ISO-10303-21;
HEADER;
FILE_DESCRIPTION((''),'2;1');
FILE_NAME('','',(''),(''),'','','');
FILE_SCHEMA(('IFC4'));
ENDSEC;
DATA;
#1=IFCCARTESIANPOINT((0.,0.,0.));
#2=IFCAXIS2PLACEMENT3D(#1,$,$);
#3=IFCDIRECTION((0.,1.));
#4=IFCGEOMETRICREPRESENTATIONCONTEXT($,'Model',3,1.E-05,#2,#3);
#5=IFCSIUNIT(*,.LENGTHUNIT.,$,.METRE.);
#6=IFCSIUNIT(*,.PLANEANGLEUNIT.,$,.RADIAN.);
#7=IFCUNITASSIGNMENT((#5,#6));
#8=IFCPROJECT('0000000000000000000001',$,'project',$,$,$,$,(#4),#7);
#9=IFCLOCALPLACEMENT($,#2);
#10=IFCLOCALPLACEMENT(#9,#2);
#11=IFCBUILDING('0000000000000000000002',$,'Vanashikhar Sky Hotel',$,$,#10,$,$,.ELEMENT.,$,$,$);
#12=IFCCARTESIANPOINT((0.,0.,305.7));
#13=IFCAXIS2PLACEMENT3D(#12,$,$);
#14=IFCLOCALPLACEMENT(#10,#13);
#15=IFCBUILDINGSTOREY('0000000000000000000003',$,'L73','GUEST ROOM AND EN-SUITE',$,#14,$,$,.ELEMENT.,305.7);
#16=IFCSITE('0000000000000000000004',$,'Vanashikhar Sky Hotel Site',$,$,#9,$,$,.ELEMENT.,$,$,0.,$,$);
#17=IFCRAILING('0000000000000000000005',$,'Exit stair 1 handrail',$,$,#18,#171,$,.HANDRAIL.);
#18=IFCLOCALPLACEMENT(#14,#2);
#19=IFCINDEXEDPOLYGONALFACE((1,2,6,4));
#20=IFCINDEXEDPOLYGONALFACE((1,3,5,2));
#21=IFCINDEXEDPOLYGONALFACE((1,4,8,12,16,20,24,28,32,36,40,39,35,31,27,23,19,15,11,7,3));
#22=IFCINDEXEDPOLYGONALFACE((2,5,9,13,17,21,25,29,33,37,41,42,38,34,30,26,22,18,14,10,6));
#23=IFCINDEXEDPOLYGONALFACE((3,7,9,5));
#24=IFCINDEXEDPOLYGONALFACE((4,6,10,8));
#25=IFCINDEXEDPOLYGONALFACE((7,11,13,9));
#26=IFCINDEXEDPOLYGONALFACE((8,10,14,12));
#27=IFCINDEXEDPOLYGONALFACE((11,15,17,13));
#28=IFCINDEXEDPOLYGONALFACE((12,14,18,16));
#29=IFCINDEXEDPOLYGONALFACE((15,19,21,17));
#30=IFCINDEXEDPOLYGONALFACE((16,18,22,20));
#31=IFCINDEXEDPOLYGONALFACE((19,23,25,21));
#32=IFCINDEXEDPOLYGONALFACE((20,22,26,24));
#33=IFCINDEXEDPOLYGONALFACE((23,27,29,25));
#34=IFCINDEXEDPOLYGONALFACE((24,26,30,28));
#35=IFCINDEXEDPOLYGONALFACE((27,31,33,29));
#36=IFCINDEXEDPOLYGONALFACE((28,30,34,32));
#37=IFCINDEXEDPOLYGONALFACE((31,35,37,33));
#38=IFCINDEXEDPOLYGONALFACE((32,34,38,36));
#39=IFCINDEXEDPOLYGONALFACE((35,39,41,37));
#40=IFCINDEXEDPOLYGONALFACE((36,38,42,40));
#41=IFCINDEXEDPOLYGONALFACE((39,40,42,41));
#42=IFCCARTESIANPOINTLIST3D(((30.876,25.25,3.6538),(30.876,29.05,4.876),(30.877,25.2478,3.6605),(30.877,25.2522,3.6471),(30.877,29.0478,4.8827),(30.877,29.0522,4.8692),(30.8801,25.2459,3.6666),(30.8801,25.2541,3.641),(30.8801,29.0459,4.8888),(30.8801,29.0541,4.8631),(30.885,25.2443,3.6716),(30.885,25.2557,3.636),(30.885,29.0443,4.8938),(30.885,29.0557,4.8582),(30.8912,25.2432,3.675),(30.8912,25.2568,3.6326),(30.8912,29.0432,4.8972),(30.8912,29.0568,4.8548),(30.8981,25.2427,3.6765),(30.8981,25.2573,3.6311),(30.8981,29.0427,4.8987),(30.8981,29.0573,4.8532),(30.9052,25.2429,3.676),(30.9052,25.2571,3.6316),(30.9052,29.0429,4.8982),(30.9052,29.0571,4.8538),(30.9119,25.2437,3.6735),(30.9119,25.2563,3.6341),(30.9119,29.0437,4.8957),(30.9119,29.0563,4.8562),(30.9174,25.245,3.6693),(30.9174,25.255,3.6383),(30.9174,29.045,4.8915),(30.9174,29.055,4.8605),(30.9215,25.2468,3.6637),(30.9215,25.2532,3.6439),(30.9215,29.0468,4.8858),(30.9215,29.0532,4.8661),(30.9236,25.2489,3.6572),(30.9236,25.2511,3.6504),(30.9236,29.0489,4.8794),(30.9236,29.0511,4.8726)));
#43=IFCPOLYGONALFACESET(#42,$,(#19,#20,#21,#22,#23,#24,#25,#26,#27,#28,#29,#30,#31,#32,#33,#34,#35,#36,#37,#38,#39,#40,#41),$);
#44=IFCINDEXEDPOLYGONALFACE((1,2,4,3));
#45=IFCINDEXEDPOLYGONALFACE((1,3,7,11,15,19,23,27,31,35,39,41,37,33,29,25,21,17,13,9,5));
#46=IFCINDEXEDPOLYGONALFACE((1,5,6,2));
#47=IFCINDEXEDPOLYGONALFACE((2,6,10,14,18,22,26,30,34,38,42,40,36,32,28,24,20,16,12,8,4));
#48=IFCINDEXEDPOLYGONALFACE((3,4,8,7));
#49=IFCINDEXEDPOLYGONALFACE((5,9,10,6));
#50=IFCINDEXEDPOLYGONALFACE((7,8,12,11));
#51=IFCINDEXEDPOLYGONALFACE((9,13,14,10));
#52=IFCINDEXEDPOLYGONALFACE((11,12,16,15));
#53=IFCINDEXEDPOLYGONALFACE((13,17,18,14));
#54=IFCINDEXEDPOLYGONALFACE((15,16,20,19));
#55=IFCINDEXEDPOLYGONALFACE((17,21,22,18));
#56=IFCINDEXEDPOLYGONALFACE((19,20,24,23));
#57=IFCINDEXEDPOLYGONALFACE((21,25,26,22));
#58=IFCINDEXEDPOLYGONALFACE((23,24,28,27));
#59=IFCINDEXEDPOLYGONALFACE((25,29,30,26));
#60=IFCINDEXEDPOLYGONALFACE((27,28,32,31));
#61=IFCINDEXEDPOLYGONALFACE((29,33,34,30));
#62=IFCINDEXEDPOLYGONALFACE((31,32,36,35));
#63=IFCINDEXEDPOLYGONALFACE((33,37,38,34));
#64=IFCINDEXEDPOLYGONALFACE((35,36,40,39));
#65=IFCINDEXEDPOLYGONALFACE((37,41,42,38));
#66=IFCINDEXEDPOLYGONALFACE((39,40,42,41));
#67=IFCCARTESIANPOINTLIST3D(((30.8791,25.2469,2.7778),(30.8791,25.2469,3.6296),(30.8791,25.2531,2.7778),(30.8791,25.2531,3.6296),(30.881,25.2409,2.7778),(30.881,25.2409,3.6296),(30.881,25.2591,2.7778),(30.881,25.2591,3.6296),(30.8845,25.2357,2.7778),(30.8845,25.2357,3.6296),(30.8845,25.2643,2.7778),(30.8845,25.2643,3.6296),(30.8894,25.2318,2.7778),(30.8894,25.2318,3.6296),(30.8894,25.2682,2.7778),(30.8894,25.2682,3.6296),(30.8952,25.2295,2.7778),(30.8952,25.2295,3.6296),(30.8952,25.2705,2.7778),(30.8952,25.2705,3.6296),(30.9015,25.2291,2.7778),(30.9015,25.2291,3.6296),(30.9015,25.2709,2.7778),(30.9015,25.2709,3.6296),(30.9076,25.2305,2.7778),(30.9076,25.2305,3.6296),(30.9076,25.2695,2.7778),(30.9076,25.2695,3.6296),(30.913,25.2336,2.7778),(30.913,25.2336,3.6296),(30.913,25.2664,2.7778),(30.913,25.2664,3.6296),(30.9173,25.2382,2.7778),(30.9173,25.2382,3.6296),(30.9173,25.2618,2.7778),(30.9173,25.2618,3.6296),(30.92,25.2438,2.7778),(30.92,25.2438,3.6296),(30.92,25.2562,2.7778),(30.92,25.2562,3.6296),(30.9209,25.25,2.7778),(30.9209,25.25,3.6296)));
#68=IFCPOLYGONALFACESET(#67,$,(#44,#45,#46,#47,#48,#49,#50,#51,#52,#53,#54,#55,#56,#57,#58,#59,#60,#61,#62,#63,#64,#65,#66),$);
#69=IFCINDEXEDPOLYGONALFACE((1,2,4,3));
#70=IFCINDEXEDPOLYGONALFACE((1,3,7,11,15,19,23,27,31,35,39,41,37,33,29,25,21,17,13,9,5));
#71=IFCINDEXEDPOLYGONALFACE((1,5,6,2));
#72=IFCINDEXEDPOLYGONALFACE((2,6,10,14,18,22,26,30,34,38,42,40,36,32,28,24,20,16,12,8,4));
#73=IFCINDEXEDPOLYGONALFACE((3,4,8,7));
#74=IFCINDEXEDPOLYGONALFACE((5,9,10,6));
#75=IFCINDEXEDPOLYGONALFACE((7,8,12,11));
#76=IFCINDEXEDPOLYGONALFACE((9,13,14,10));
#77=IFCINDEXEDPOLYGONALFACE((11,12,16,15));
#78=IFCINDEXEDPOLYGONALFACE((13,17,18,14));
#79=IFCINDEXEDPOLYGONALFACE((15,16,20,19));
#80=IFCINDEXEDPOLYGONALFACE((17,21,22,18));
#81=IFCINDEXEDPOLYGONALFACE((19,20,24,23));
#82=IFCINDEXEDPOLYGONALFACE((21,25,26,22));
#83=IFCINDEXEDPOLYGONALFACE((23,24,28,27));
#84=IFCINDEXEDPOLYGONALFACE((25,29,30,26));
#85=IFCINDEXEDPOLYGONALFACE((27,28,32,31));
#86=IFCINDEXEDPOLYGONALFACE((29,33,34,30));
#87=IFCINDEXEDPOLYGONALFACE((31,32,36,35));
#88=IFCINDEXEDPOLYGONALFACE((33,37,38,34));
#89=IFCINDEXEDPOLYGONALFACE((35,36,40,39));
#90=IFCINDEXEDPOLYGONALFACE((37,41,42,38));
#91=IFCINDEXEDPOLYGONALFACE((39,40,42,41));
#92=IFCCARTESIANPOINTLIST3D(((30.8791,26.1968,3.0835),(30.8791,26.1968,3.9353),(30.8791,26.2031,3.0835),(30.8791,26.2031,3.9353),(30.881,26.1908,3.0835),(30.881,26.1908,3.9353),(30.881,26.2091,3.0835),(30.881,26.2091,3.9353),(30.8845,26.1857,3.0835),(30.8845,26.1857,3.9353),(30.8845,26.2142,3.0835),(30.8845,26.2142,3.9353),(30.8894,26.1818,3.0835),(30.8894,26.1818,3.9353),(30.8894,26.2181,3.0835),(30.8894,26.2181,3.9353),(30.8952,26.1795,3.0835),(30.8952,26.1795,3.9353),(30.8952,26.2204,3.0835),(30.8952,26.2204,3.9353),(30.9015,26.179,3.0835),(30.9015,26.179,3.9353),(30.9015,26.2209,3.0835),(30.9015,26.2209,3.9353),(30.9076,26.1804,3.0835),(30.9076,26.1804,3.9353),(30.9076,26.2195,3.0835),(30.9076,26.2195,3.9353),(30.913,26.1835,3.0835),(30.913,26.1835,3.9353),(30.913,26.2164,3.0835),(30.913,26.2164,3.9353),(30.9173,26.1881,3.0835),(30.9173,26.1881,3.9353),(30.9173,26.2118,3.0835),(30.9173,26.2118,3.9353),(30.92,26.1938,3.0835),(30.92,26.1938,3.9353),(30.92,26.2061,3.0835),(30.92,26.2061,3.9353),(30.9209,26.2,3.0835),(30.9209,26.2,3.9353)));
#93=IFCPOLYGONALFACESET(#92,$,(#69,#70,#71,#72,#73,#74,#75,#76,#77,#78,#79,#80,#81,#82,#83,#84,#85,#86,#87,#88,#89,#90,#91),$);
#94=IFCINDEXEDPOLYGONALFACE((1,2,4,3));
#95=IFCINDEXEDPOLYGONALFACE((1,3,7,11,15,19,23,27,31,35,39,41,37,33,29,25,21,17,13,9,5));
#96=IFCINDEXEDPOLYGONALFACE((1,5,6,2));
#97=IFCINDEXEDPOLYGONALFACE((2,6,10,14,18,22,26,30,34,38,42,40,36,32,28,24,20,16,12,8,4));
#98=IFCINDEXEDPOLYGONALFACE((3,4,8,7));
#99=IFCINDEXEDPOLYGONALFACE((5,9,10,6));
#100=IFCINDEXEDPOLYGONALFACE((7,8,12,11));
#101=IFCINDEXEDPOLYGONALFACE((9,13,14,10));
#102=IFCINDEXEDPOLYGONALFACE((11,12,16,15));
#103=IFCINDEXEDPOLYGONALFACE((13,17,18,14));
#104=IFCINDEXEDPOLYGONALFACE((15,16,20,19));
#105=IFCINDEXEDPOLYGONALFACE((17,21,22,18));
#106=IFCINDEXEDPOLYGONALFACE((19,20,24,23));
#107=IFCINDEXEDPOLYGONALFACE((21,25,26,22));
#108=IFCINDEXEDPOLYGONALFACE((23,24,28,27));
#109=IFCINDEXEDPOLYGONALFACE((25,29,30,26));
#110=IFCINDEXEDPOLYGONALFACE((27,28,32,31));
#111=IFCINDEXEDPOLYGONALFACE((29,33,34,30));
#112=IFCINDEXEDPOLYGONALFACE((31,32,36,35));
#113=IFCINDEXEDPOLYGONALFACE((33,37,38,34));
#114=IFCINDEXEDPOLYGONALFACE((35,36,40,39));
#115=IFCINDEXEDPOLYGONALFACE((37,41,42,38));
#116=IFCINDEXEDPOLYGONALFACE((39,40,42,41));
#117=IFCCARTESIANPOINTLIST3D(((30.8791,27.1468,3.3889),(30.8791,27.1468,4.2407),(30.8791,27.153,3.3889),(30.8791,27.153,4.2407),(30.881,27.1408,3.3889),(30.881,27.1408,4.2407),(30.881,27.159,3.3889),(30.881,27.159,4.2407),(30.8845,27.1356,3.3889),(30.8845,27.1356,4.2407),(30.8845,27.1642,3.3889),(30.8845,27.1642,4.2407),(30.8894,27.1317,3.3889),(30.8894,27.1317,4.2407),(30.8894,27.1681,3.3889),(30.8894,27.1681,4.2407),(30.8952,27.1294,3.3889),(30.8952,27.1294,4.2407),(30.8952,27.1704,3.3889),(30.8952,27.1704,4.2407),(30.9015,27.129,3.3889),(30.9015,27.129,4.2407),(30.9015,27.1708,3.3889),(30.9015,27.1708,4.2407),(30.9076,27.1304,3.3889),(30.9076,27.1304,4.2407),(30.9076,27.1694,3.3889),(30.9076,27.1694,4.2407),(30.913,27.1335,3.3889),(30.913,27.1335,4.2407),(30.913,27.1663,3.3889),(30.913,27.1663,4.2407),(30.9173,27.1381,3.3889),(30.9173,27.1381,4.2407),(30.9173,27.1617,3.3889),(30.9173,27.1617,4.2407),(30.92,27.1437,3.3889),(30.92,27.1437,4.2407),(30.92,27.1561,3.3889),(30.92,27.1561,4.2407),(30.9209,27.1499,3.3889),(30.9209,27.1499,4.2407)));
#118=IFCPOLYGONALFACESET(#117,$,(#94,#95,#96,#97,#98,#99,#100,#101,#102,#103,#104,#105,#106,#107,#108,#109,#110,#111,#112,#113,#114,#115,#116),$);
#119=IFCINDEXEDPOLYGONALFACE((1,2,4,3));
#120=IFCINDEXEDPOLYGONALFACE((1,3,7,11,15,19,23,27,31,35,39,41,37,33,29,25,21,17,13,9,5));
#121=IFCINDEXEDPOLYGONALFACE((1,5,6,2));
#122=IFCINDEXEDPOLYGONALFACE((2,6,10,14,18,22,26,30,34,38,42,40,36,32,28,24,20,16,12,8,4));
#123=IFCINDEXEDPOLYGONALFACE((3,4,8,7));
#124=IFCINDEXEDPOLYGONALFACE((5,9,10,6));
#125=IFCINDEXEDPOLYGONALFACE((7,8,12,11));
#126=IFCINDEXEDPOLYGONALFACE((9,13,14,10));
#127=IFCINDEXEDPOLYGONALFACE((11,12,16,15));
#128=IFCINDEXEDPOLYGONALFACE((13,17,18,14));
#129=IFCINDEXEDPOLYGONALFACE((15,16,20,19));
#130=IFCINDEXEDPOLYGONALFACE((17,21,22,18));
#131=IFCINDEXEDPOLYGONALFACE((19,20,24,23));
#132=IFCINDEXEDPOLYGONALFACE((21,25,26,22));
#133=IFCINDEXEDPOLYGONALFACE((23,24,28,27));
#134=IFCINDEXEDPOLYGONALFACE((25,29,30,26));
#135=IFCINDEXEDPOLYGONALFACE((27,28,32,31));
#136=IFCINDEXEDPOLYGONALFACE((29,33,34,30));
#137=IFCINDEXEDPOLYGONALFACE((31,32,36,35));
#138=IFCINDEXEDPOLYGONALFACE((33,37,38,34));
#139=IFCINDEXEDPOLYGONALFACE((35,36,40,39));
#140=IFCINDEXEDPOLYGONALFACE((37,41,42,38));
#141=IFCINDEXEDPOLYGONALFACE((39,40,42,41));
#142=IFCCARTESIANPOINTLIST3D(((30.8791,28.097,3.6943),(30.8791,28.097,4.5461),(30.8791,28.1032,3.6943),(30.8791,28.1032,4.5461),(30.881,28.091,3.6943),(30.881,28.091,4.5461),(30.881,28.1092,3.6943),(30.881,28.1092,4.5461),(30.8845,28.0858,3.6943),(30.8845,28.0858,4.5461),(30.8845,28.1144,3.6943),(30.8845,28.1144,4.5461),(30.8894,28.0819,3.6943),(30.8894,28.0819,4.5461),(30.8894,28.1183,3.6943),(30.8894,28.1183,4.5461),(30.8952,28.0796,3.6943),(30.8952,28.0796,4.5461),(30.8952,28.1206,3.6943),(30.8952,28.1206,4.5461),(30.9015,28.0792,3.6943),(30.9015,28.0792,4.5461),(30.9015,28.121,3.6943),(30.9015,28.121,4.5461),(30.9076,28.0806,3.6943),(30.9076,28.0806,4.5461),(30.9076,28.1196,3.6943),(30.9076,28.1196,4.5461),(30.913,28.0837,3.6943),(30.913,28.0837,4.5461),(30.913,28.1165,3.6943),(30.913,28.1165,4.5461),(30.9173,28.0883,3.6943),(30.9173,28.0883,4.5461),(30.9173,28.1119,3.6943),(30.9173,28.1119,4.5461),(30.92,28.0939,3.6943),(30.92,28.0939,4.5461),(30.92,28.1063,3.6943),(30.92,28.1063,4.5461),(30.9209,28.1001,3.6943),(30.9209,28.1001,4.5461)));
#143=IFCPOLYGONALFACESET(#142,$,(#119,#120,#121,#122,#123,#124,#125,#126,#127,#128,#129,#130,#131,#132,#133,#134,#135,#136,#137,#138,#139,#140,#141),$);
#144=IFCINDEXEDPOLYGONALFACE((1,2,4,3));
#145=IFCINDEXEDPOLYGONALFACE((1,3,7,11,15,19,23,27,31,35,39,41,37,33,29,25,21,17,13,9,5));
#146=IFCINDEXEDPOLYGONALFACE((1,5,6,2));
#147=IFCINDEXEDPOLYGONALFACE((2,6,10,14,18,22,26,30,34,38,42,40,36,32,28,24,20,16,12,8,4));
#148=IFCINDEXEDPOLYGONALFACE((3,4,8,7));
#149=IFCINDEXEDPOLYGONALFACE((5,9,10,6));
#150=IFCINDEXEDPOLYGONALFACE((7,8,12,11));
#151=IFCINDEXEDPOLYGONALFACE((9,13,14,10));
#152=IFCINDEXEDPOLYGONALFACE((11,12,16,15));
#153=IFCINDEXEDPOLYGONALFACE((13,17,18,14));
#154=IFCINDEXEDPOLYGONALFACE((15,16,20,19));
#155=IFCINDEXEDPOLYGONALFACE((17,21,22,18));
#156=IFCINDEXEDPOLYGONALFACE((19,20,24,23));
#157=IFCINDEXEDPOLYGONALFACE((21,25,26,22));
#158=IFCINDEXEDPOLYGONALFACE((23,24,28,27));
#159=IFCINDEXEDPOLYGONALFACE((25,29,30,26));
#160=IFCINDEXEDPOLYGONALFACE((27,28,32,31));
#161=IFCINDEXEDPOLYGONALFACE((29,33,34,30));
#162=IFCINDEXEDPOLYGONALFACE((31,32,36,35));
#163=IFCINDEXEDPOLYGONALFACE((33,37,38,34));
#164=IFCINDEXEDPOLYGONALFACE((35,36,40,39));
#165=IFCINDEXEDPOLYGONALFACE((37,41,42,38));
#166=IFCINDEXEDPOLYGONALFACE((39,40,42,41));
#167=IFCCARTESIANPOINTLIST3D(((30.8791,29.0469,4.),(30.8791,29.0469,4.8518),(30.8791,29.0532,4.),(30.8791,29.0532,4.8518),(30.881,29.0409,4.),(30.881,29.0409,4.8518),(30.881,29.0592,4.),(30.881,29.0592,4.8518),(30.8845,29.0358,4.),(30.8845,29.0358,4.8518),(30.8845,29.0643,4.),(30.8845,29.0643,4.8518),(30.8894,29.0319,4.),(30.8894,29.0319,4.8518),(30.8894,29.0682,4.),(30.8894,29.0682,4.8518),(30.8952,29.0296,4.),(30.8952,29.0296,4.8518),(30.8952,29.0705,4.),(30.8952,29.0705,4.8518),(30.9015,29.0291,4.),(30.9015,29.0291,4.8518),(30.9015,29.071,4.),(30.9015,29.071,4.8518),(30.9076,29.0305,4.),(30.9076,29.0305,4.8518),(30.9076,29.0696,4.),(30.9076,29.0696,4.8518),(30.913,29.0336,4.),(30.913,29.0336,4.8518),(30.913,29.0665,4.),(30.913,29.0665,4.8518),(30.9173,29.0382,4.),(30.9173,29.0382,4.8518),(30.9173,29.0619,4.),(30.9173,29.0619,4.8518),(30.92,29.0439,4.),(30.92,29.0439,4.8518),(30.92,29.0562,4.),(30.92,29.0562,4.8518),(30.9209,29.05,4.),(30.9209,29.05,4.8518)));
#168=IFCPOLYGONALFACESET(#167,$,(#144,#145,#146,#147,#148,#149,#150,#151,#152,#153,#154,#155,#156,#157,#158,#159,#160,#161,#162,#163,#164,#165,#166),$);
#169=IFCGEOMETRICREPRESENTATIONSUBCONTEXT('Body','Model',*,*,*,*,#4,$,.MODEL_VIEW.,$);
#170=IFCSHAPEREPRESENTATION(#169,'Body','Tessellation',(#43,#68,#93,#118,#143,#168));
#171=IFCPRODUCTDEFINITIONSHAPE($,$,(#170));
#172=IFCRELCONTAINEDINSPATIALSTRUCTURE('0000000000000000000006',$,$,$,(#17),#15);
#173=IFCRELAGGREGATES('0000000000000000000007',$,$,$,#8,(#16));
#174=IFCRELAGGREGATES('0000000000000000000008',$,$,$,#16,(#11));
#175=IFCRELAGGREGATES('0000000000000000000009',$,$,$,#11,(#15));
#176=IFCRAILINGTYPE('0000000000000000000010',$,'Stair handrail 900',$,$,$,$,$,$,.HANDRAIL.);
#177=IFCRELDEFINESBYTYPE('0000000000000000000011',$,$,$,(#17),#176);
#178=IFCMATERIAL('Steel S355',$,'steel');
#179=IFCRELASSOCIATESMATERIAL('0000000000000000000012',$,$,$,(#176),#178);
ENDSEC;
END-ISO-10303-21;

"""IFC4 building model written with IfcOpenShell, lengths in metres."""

from ifc_helpers import new_model, si_unit, direction, frame, origin, origin_2d, place, context, subcontext, project, spatial, circle, extrude, source, transform, mapped, material, type_object, element, save


model = new_model("IFC4")

# Units and contexts
model_context = context("Model", 3, precision=1e-05, world=origin(), true_north=direction((0.0, 1.0)))
body_context = subcontext(model_context, "Body", "Model", "MODEL_VIEW")
ifc_project = project(units=[si_unit("LENGTHUNIT", "METRE"), si_unit("PLANEANGLEUNIT", "RADIAN")], contexts=[model_context])

# Site, building, storey
site_placement = place(None, origin())
site = spatial("IfcSite", under=ifc_project, at=site_placement, Name="Vanashikhar Sky Hotel Site", CompositionType="ELEMENT", RefElevation=0.0)
building_placement = place(site_placement, origin())
building = spatial("IfcBuilding", under=site, at=building_placement, Name="Vanashikhar Sky Hotel", CompositionType="ELEMENT")
storey_placement = place(building_placement, frame((0.0, 0.0, 305.7)))
storey = spatial("IfcBuildingStorey", under=building, at=storey_placement, Name="L73", Description="GUEST ROOM AND EN-SUITE", CompositionType="ELEMENT", Elevation=305.7)

# Railing
ifc_material_1 = material(Name="Steel S355", Category="steel")
railing_type_1 = type_object("IfcRailingType", Name="Stair handrail 900", PredefinedType="HANDRAIL", material=ifc_material_1)
shared_shape_1 = source(origin(), body_context, "Body", "SweptSolid", [
    extrude(circle(Radius=0.0239, at=origin_2d()), frame((0.0, 0.0, 0.876), z_axis=(0.0, 0.951976, 0.306173), x_axis=(-1.0, 0.0, 0.0)), (0.0, 0.0, 1.0), 3.9917),
    extrude(circle(Radius=0.021, at=origin_2d()), origin(), (0.0, 0.0, 1.0), 0.8518),
    extrude(circle(Radius=0.021, at=origin_2d()), frame((0.0, 0.95, 0.3057)), (0.0, 0.0, 1.0), 0.8518),
    extrude(circle(Radius=0.021, at=origin_2d()), frame((0.0, 1.8999, 0.6111)), (0.0, 0.0, 1.0), 0.8518),
    extrude(circle(Radius=0.021, at=origin_2d()), frame((0.0, 2.8501, 0.9165)), (0.0, 0.0, 1.0), 0.8518),
    extrude(circle(Radius=0.021, at=origin_2d()), frame((0.0, 3.8, 1.2222)), (0.0, 0.0, 1.0), 0.8518),
])
railing_1_placement = place(storey_placement, frame((30.8999, 25.25, 2.7778)))
element("IfcRailing", 1, at=railing_1_placement, inside=storey, type_object=railing_type_1, Name="Exit stair 1 handrail", PredefinedType="HANDRAIL", context=body_context, shape_type="MappedRepresentation", body=[
    mapped(shared_shape_1, transform((0.0, 0.0, 0.0), scale=1.0)),
])

save(model, "model.ifc")
